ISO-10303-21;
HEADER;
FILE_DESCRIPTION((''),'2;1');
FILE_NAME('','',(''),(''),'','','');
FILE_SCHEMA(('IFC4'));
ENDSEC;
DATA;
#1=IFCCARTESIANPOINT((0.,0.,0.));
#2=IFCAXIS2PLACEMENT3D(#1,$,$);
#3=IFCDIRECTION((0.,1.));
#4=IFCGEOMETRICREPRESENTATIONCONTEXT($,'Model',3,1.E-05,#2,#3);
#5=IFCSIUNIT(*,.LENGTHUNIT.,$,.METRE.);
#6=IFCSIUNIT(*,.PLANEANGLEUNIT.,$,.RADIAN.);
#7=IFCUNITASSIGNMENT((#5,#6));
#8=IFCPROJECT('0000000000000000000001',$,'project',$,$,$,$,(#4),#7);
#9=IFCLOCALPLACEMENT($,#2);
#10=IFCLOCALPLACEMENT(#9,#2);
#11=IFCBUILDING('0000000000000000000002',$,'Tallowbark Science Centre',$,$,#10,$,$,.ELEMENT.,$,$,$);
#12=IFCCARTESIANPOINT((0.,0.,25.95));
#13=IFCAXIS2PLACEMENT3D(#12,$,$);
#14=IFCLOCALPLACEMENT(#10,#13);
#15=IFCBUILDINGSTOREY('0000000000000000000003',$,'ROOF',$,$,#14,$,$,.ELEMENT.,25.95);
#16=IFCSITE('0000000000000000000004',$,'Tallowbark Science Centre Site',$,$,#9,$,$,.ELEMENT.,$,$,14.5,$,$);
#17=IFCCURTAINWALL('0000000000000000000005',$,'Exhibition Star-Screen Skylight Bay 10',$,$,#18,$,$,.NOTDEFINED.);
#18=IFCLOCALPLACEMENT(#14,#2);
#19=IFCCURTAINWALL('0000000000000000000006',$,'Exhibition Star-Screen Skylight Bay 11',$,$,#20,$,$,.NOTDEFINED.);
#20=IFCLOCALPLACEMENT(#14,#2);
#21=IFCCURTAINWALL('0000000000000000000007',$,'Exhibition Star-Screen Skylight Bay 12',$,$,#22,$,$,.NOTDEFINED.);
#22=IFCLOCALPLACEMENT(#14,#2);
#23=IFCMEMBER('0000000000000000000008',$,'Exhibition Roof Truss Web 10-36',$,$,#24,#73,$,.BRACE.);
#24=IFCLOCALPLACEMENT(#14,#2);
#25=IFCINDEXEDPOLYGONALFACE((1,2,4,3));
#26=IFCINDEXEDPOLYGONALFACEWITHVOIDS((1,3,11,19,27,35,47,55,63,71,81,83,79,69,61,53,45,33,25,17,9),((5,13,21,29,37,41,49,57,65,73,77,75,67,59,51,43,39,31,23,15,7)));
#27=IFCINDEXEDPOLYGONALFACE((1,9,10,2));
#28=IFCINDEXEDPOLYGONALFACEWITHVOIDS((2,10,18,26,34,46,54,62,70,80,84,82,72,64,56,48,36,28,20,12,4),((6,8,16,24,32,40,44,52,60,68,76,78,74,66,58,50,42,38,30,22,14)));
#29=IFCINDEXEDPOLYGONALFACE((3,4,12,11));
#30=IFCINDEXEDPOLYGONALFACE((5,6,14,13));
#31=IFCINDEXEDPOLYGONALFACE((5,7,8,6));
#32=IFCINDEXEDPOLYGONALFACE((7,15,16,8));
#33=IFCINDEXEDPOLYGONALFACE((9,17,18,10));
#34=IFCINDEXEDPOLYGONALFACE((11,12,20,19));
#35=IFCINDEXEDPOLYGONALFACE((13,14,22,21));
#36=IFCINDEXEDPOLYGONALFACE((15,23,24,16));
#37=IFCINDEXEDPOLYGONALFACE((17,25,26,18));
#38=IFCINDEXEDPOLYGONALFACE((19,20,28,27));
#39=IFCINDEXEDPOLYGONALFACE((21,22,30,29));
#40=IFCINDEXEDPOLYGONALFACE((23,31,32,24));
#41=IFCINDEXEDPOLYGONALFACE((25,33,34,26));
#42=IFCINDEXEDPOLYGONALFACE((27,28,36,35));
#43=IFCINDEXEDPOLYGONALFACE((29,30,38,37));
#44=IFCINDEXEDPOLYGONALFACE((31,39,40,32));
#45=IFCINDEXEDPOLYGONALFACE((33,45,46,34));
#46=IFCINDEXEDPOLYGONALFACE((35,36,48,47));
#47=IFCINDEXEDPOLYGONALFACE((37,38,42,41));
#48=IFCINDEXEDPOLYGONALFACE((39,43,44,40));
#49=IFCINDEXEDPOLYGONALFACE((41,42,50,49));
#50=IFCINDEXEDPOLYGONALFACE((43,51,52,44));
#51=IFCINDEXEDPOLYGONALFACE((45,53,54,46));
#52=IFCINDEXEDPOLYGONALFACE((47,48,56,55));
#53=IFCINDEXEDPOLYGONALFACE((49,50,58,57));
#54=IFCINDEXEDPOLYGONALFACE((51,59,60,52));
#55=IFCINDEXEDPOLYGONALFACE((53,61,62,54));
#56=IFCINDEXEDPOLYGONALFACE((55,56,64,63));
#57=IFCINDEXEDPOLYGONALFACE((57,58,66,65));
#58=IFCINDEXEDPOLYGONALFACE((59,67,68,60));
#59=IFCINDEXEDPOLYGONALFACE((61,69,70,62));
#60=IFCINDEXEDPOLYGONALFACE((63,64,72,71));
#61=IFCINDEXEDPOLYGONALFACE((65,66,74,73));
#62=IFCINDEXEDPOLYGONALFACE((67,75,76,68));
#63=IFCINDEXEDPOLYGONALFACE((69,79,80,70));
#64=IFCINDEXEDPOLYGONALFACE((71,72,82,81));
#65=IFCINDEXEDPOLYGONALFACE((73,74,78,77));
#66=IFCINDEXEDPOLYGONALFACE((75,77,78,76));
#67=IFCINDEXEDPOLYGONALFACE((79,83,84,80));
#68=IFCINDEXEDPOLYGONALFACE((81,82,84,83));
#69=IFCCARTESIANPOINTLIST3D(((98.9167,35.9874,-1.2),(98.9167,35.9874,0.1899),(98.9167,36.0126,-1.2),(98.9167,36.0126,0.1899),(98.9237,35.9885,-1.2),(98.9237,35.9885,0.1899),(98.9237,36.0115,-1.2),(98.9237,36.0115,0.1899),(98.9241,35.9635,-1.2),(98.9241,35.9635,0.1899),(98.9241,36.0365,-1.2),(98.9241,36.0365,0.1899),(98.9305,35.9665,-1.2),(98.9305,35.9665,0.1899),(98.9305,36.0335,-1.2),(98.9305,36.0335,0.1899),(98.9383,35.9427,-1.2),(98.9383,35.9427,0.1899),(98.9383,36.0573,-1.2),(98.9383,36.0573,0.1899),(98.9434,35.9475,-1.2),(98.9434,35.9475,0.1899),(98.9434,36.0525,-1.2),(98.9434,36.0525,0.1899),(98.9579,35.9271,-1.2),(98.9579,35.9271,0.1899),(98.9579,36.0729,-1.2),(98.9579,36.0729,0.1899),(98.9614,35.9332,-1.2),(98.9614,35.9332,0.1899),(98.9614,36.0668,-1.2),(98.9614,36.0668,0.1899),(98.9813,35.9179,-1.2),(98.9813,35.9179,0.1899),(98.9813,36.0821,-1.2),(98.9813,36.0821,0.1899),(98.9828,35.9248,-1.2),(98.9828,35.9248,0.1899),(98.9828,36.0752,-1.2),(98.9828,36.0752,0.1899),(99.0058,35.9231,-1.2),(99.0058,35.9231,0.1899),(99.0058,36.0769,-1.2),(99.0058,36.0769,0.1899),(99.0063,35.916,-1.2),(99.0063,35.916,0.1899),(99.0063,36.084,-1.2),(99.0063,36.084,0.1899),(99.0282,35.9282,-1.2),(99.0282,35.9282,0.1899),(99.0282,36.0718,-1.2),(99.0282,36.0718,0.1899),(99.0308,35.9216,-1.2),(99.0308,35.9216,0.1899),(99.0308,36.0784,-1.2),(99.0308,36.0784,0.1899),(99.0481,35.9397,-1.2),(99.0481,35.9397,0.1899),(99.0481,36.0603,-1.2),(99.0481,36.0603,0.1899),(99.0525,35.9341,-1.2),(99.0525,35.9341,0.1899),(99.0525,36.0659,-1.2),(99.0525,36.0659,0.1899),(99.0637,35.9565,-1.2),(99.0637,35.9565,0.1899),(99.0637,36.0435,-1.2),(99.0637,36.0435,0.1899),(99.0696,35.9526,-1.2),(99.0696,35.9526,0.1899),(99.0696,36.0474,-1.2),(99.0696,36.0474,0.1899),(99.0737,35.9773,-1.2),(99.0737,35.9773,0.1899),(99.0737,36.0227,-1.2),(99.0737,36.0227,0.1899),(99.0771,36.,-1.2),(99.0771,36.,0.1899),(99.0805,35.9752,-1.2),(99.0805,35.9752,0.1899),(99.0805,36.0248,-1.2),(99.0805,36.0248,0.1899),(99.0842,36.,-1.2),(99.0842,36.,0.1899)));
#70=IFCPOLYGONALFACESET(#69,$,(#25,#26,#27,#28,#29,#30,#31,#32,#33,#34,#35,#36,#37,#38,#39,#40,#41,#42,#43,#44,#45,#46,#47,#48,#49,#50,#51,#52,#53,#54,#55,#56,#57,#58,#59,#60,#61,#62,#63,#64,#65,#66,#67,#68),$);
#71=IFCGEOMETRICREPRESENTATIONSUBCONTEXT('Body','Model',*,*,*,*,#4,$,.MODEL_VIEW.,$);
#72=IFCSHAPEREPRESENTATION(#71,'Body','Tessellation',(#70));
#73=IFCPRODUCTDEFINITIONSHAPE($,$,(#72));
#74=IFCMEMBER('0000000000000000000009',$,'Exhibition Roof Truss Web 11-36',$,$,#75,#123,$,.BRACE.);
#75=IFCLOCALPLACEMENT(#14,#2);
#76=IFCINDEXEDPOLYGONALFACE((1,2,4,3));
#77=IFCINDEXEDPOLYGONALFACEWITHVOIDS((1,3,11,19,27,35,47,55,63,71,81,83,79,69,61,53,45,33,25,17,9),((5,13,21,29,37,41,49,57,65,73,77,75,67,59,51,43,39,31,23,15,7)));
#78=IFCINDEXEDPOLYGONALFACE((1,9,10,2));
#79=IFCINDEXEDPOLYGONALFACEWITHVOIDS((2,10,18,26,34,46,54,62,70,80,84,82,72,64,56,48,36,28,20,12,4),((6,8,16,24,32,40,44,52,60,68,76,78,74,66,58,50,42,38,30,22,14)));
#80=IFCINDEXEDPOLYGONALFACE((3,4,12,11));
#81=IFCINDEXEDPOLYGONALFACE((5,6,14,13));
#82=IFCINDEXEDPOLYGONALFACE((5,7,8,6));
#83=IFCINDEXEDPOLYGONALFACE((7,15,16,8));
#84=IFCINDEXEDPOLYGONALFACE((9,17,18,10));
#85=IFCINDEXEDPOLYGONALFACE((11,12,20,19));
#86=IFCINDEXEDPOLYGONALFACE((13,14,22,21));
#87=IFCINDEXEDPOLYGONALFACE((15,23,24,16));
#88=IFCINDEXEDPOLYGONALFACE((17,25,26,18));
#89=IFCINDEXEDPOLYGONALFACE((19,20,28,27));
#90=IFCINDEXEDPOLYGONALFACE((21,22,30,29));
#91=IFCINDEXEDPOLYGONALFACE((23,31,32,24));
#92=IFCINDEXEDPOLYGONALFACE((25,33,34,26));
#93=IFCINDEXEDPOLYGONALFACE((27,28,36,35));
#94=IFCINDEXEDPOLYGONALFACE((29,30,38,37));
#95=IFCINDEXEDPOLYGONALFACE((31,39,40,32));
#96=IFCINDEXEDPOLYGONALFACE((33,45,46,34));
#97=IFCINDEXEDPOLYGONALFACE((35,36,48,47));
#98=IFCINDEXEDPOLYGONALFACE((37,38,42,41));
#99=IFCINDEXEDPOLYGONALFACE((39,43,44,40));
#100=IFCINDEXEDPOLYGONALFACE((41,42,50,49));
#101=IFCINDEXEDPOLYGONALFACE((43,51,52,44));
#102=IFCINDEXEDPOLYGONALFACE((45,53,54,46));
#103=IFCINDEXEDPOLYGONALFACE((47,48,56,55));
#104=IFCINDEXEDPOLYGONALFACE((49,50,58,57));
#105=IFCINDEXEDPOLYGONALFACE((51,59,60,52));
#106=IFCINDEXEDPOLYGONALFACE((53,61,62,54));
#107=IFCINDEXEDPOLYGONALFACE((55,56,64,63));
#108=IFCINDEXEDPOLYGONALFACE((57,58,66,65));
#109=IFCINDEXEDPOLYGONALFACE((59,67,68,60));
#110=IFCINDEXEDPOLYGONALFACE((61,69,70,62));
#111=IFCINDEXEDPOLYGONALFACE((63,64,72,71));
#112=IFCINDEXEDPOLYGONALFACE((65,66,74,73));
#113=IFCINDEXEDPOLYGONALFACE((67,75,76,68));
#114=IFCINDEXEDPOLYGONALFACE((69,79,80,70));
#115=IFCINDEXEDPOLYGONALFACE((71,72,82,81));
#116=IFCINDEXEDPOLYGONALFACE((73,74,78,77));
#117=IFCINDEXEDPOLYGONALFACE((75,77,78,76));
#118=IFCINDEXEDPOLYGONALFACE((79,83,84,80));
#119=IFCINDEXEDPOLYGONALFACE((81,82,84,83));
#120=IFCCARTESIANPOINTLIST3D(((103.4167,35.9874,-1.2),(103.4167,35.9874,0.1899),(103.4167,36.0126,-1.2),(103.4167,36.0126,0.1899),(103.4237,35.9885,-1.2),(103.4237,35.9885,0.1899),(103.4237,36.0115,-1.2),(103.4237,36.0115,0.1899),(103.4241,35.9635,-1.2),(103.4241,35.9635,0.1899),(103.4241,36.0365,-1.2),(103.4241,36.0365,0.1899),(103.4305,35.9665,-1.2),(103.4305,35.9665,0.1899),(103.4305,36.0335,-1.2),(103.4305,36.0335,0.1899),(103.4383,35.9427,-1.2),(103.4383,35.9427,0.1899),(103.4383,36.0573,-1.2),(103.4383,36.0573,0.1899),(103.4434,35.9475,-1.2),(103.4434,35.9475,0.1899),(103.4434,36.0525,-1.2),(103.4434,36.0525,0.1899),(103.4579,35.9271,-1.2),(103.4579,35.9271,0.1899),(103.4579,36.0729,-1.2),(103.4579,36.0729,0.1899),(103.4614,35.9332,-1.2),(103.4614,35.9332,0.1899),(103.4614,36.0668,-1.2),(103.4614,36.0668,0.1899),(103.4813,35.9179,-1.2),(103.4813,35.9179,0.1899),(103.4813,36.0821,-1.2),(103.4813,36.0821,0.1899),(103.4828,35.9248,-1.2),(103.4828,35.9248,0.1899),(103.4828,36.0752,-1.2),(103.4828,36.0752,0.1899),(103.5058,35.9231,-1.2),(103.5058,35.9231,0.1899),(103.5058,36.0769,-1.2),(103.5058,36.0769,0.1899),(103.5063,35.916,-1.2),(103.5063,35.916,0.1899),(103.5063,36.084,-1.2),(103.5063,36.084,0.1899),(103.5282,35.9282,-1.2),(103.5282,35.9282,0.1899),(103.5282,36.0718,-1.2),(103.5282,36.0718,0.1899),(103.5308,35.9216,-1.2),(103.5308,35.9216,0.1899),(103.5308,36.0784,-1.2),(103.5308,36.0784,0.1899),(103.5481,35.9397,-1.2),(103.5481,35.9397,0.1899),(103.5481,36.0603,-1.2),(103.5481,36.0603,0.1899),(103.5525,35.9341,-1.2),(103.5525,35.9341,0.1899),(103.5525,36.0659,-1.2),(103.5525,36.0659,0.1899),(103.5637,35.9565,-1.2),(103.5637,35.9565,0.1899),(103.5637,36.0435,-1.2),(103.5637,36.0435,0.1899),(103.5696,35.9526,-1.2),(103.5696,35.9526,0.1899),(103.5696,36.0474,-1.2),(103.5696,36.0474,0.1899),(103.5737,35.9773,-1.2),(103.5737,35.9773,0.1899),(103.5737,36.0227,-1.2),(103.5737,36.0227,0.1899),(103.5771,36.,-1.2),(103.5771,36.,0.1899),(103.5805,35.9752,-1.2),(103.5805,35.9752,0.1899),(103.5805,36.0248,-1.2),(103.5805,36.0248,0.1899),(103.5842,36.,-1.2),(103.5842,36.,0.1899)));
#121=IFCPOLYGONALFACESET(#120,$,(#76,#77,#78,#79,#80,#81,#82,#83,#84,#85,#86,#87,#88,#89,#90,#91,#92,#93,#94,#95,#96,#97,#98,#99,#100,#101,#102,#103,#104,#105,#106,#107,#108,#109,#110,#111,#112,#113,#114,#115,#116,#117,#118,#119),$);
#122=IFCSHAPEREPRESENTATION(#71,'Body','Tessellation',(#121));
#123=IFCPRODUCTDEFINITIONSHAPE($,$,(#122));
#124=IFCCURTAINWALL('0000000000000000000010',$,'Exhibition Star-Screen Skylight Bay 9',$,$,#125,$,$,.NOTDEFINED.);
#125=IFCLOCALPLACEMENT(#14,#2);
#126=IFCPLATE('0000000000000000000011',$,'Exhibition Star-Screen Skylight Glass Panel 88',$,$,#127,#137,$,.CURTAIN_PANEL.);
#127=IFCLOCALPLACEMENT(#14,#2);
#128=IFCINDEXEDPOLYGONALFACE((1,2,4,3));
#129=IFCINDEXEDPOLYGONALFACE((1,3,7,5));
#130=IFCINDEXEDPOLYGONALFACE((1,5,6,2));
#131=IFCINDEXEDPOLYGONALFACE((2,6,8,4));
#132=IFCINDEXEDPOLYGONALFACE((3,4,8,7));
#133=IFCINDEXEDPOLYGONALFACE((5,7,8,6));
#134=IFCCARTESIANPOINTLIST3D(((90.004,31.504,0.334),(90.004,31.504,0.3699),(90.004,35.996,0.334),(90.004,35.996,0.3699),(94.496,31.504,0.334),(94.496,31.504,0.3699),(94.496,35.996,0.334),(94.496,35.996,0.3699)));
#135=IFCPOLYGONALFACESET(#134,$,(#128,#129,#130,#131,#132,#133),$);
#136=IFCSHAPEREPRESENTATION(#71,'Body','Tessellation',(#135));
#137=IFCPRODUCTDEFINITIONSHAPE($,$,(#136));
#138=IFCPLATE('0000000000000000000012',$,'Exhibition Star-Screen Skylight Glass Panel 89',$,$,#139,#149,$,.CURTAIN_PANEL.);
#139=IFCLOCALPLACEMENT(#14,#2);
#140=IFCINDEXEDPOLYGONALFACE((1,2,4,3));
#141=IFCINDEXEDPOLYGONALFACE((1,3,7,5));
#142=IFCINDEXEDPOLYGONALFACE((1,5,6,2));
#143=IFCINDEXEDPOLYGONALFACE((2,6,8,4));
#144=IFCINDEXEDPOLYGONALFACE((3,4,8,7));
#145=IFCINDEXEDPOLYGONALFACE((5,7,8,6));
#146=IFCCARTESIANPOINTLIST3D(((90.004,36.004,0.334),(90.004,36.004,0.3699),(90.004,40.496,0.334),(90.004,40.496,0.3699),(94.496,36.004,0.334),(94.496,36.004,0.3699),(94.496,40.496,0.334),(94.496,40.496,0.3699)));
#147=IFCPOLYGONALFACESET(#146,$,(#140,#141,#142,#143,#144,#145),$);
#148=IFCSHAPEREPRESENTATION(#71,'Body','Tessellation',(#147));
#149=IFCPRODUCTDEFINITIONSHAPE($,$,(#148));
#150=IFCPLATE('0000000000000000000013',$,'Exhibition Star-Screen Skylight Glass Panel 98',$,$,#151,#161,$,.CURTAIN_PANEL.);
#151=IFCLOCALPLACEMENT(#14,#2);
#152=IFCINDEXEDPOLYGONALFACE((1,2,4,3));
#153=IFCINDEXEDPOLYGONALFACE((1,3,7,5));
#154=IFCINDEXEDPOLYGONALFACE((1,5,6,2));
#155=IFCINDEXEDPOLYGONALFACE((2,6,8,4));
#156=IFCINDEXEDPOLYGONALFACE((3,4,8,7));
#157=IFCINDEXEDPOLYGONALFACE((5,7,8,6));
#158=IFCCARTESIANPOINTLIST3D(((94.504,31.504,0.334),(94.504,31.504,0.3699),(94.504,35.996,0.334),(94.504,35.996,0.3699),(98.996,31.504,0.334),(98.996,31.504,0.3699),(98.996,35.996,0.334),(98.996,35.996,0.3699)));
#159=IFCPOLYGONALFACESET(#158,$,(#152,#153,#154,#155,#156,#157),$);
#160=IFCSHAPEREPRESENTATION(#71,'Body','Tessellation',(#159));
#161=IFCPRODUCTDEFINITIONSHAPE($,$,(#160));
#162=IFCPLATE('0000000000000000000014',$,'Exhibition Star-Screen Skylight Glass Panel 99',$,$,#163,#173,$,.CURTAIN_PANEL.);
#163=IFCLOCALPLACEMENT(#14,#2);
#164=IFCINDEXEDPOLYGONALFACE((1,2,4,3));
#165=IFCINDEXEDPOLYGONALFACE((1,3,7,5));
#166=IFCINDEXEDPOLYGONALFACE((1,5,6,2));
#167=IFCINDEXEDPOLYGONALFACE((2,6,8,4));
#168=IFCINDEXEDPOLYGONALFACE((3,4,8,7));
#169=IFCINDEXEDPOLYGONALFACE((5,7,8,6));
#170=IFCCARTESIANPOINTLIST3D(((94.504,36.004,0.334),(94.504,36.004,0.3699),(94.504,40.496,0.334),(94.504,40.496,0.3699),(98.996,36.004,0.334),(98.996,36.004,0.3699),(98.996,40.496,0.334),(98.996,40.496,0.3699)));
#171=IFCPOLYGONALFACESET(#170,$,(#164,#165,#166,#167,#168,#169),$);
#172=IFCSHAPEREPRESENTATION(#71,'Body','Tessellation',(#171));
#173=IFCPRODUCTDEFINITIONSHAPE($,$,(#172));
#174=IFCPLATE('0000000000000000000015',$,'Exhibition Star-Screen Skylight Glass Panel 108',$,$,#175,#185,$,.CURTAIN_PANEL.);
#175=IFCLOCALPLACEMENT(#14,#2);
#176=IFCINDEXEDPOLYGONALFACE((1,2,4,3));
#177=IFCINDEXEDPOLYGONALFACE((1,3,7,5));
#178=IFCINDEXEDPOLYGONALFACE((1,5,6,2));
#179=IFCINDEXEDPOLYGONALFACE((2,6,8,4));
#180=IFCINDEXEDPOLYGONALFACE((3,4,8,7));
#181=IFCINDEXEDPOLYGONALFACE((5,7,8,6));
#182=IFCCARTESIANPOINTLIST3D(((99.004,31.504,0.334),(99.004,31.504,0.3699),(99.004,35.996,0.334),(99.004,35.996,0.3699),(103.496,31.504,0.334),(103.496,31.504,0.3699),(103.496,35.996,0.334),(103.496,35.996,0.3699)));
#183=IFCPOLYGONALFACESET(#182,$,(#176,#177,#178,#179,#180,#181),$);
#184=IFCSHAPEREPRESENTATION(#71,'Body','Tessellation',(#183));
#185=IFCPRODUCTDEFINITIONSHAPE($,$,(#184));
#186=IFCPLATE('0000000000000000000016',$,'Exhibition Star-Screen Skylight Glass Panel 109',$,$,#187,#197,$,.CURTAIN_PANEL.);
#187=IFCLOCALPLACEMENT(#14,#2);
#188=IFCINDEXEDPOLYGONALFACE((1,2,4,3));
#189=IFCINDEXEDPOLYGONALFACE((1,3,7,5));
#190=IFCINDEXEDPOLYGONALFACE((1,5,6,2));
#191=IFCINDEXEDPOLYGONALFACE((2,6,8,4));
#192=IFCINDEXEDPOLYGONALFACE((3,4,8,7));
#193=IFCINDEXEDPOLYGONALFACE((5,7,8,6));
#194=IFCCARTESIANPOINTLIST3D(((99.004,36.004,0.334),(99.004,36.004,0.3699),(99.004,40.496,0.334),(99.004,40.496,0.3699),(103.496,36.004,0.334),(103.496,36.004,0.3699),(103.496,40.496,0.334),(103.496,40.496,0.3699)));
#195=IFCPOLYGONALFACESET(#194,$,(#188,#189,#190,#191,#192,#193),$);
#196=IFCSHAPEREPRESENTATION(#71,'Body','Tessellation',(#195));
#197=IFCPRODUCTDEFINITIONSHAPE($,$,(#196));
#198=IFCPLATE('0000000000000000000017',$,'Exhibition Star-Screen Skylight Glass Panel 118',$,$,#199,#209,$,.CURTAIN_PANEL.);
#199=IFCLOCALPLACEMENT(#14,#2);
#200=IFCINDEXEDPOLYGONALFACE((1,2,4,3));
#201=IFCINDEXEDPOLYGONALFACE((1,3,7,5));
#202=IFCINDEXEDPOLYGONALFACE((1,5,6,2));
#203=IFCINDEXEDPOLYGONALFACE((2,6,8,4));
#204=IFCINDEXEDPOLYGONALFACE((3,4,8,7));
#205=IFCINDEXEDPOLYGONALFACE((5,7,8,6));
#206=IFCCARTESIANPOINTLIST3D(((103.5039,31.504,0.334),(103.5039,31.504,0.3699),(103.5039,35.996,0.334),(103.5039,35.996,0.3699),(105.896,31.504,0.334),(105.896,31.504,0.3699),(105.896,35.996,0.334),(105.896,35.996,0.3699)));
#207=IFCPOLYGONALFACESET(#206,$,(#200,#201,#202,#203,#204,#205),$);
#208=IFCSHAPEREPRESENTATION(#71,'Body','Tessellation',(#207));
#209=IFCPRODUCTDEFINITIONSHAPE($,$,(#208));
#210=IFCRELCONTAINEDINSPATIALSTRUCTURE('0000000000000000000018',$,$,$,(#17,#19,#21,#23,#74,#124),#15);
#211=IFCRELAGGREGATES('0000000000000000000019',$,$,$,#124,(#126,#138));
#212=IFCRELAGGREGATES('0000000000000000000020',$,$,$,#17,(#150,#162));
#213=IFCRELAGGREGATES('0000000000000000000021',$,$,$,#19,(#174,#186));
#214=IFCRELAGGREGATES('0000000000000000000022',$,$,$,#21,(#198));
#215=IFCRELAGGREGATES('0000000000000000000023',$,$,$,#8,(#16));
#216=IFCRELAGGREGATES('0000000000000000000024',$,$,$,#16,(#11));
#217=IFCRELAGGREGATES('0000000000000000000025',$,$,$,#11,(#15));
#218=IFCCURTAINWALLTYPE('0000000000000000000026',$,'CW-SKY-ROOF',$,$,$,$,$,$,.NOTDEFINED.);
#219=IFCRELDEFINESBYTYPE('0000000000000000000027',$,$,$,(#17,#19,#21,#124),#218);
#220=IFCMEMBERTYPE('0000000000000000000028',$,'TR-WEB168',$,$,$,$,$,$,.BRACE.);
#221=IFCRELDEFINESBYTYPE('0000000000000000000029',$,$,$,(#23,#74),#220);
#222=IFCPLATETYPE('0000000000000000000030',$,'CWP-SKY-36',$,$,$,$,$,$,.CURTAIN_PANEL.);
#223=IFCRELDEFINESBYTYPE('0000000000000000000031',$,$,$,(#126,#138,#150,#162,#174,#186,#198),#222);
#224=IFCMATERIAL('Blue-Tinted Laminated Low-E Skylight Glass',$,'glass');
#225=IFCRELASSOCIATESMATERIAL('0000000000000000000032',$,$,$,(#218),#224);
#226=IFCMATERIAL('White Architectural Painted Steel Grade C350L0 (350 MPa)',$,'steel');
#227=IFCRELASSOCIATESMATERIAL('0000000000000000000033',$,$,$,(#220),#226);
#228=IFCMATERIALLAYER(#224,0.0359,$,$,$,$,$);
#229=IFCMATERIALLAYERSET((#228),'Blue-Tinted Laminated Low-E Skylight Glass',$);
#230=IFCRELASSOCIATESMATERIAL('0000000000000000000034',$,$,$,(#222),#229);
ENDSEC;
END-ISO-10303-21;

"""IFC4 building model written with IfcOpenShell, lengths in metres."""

from ifc_helpers import new_model, si_unit, direction, frame, origin, origin_2d, place, context, subcontext, project, spatial, rectangle, hollow_circle, extrude, material, layer, layer_set, material_profile, profile_set, type_object, element, aggregate, save


model = new_model("IFC4")

# Units and contexts
model_context = context("Model", 3, precision=1e-05, world=origin(), true_north=direction((0.0, 1.0)))
body_context = subcontext(model_context, "Body", "Model", "MODEL_VIEW")
ifc_project = project(units=[si_unit("LENGTHUNIT", "METRE"), si_unit("PLANEANGLEUNIT", "RADIAN")], contexts=[model_context])

# Site, building, storey
site_placement = place(None, origin())
site = spatial("IfcSite", under=ifc_project, at=site_placement, Name="Tallowbark Science Centre Site", CompositionType="ELEMENT", RefElevation=14.5)
building_placement = place(site_placement, origin())
building = spatial("IfcBuilding", under=site, at=building_placement, Name="Tallowbark Science Centre", CompositionType="ELEMENT")
storey_placement = place(building_placement, frame((0.0, 0.0, 25.95)))
storey = spatial("IfcBuildingStorey", under=building, at=storey_placement, Name="ROOF", CompositionType="ELEMENT", Elevation=25.95)

# Curtain walls
ifc_material_1 = material(Name="Blue-Tinted Laminated Low-E Skylight Glass", Category="glass")
curtain_wall_type = type_object("IfcCurtainWallType", Name="CW-SKY-ROOF", PredefinedType="NOTDEFINED", material=ifc_material_1)
curtain_wall_1_placement = place(storey_placement, origin())
curtain_wall_1 = element("IfcCurtainWall", 1, at=curtain_wall_1_placement, inside=storey, type_object=curtain_wall_type, Name="Exhibition Star-Screen Skylight Bay 10", PredefinedType="NOTDEFINED")
curtain_wall_2_placement = place(storey_placement, origin())
curtain_wall_2 = element("IfcCurtainWall", 2, at=curtain_wall_2_placement, inside=storey, type_object=curtain_wall_type, Name="Exhibition Star-Screen Skylight Bay 11", PredefinedType="NOTDEFINED")
curtain_wall_3_placement = place(storey_placement, origin())
curtain_wall_3 = element("IfcCurtainWall", 3, at=curtain_wall_3_placement, inside=storey, type_object=curtain_wall_type, Name="Exhibition Star-Screen Skylight Bay 12", PredefinedType="NOTDEFINED")

# Members
ifc_material_2 = material(Name="White Architectural Painted Steel Grade C350L0 (350 MPa)", Category="steel")
ifc_material_profile_1 = material_profile(ifc_material_2, hollow_circle(Radius=0.0842, WallThickness=0.0071, at=origin_2d()), Name="168.3x7.1CHS")
ifc_profile_set_1 = profile_set([ifc_material_profile_1], Name="White Architectural Painted Steel Grade C350L0 (350 MPa)")
member_type_1 = type_object("IfcMemberType", Name="TR-WEB168", PredefinedType="BRACE", material=ifc_profile_set_1)
for number, where, z_axis, x_axis, name in (
    (4, (99.0, 36.0, -1.2), (0.0, 0.0, 1.0), (1.0, 0.0, 0.0), "Exhibition Roof Truss Web 10-36"),
    (5, (103.5, 36.0, -1.2), (0.0, 0.0, 1.0), (1.0, 0.0, 0.0), "Exhibition Roof Truss Web 11-36"),
):
    element("IfcMember", number, at=place(storey_placement, frame(where, z_axis=z_axis, x_axis=x_axis)), inside=storey, type_object=member_type_1, Name=name, PredefinedType="BRACE", context=body_context, shape_type="SweptSolid", body=[
        extrude(hollow_circle(Radius=0.0842, WallThickness=0.0071, at=origin_2d()), origin(), (0.0, 0.0, 1.0), 1.3899),
    ])

# Curtain wall, plates
curtain_wall_4_placement = place(storey_placement, origin())
curtain_wall_4 = element("IfcCurtainWall", 6, at=curtain_wall_4_placement, inside=storey, type_object=curtain_wall_type, Name="Exhibition Star-Screen Skylight Bay 9", PredefinedType="NOTDEFINED")
ifc_layer_1 = layer(ifc_material_1, 0.0359)
ifc_layer_set_1 = layer_set([ifc_layer_1], Name="Blue-Tinted Laminated Low-E Skylight Glass")
plate_type_1 = type_object("IfcPlateType", Name="CWP-SKY-36", PredefinedType="CURTAIN_PANEL", material=ifc_layer_set_1)
plate_1_placement = place(storey_placement, frame((92.25, 33.75, 0.334), z_axis=(0.0, 0.0, 1.0), x_axis=(1.0, 0.0, 0.0)))
plate_1 = element("IfcPlate", 7, at=plate_1_placement, type_object=plate_type_1, Name="Exhibition Star-Screen Skylight Glass Panel 88", PredefinedType="CURTAIN_PANEL", context=body_context, shape_type="SweptSolid", body=[
    extrude(rectangle(XDim=4.4919, YDim=4.4919, at=origin_2d()), origin(), (0.0, 0.0, 1.0), 0.0359),
])
plate_2_placement = place(storey_placement, frame((92.25, 38.25, 0.334), z_axis=(0.0, 0.0, 1.0), x_axis=(1.0, 0.0, 0.0)))
plate_2 = element("IfcPlate", 8, at=plate_2_placement, type_object=plate_type_1, Name="Exhibition Star-Screen Skylight Glass Panel 89", PredefinedType="CURTAIN_PANEL", context=body_context, shape_type="SweptSolid", body=[
    extrude(rectangle(XDim=4.4919, YDim=4.4919, at=origin_2d()), origin(), (0.0, 0.0, 1.0), 0.0359),
])
aggregate(curtain_wall_4, [plate_1, plate_2])

# Plates
plate_3_placement = place(storey_placement, frame((96.75, 33.75, 0.334), z_axis=(0.0, 0.0, 1.0), x_axis=(1.0, 0.0, 0.0)))
plate_3 = element("IfcPlate", 9, at=plate_3_placement, type_object=plate_type_1, Name="Exhibition Star-Screen Skylight Glass Panel 98", PredefinedType="CURTAIN_PANEL", context=body_context, shape_type="SweptSolid", body=[
    extrude(rectangle(XDim=4.4919, YDim=4.4919, at=origin_2d()), origin(), (0.0, 0.0, 1.0), 0.0359),
])
plate_4_placement = place(storey_placement, frame((96.75, 38.25, 0.334), z_axis=(0.0, 0.0, 1.0), x_axis=(1.0, 0.0, 0.0)))
plate_4 = element("IfcPlate", 10, at=plate_4_placement, type_object=plate_type_1, Name="Exhibition Star-Screen Skylight Glass Panel 99", PredefinedType="CURTAIN_PANEL", context=body_context, shape_type="SweptSolid", body=[
    extrude(rectangle(XDim=4.4919, YDim=4.4919, at=origin_2d()), origin(), (0.0, 0.0, 1.0), 0.0359),
])
aggregate(curtain_wall_1, [plate_3, plate_4])
plate_5_placement = place(storey_placement, frame((101.25, 33.75, 0.334), z_axis=(0.0, 0.0, 1.0), x_axis=(1.0, 0.0, 0.0)))
plate_5 = element("IfcPlate", 11, at=plate_5_placement, type_object=plate_type_1, Name="Exhibition Star-Screen Skylight Glass Panel 108", PredefinedType="CURTAIN_PANEL", context=body_context, shape_type="SweptSolid", body=[
    extrude(rectangle(XDim=4.4919, YDim=4.4919, at=origin_2d()), origin(), (0.0, 0.0, 1.0), 0.0359),
])
plate_6_placement = place(storey_placement, frame((101.25, 38.25, 0.334), z_axis=(0.0, 0.0, 1.0), x_axis=(1.0, 0.0, 0.0)))
plate_6 = element("IfcPlate", 12, at=plate_6_placement, type_object=plate_type_1, Name="Exhibition Star-Screen Skylight Glass Panel 109", PredefinedType="CURTAIN_PANEL", context=body_context, shape_type="SweptSolid", body=[
    extrude(rectangle(XDim=4.4919, YDim=4.4919, at=origin_2d()), origin(), (0.0, 0.0, 1.0), 0.0359),
])
aggregate(curtain_wall_2, [plate_5, plate_6])
plate_7_placement = place(storey_placement, frame((104.7, 33.75, 0.334), z_axis=(0.0, 0.0, 1.0), x_axis=(1.0, 0.0, 0.0)))
plate_7 = element("IfcPlate", 13, at=plate_7_placement, type_object=plate_type_1, Name="Exhibition Star-Screen Skylight Glass Panel 118", PredefinedType="CURTAIN_PANEL", context=body_context, shape_type="SweptSolid", body=[
    extrude(rectangle(XDim=2.3921, YDim=4.4919, at=origin_2d()), origin(), (0.0, 0.0, 1.0), 0.0359),
])
aggregate(curtain_wall_3, [plate_7])

save(model, "model.ifc")
